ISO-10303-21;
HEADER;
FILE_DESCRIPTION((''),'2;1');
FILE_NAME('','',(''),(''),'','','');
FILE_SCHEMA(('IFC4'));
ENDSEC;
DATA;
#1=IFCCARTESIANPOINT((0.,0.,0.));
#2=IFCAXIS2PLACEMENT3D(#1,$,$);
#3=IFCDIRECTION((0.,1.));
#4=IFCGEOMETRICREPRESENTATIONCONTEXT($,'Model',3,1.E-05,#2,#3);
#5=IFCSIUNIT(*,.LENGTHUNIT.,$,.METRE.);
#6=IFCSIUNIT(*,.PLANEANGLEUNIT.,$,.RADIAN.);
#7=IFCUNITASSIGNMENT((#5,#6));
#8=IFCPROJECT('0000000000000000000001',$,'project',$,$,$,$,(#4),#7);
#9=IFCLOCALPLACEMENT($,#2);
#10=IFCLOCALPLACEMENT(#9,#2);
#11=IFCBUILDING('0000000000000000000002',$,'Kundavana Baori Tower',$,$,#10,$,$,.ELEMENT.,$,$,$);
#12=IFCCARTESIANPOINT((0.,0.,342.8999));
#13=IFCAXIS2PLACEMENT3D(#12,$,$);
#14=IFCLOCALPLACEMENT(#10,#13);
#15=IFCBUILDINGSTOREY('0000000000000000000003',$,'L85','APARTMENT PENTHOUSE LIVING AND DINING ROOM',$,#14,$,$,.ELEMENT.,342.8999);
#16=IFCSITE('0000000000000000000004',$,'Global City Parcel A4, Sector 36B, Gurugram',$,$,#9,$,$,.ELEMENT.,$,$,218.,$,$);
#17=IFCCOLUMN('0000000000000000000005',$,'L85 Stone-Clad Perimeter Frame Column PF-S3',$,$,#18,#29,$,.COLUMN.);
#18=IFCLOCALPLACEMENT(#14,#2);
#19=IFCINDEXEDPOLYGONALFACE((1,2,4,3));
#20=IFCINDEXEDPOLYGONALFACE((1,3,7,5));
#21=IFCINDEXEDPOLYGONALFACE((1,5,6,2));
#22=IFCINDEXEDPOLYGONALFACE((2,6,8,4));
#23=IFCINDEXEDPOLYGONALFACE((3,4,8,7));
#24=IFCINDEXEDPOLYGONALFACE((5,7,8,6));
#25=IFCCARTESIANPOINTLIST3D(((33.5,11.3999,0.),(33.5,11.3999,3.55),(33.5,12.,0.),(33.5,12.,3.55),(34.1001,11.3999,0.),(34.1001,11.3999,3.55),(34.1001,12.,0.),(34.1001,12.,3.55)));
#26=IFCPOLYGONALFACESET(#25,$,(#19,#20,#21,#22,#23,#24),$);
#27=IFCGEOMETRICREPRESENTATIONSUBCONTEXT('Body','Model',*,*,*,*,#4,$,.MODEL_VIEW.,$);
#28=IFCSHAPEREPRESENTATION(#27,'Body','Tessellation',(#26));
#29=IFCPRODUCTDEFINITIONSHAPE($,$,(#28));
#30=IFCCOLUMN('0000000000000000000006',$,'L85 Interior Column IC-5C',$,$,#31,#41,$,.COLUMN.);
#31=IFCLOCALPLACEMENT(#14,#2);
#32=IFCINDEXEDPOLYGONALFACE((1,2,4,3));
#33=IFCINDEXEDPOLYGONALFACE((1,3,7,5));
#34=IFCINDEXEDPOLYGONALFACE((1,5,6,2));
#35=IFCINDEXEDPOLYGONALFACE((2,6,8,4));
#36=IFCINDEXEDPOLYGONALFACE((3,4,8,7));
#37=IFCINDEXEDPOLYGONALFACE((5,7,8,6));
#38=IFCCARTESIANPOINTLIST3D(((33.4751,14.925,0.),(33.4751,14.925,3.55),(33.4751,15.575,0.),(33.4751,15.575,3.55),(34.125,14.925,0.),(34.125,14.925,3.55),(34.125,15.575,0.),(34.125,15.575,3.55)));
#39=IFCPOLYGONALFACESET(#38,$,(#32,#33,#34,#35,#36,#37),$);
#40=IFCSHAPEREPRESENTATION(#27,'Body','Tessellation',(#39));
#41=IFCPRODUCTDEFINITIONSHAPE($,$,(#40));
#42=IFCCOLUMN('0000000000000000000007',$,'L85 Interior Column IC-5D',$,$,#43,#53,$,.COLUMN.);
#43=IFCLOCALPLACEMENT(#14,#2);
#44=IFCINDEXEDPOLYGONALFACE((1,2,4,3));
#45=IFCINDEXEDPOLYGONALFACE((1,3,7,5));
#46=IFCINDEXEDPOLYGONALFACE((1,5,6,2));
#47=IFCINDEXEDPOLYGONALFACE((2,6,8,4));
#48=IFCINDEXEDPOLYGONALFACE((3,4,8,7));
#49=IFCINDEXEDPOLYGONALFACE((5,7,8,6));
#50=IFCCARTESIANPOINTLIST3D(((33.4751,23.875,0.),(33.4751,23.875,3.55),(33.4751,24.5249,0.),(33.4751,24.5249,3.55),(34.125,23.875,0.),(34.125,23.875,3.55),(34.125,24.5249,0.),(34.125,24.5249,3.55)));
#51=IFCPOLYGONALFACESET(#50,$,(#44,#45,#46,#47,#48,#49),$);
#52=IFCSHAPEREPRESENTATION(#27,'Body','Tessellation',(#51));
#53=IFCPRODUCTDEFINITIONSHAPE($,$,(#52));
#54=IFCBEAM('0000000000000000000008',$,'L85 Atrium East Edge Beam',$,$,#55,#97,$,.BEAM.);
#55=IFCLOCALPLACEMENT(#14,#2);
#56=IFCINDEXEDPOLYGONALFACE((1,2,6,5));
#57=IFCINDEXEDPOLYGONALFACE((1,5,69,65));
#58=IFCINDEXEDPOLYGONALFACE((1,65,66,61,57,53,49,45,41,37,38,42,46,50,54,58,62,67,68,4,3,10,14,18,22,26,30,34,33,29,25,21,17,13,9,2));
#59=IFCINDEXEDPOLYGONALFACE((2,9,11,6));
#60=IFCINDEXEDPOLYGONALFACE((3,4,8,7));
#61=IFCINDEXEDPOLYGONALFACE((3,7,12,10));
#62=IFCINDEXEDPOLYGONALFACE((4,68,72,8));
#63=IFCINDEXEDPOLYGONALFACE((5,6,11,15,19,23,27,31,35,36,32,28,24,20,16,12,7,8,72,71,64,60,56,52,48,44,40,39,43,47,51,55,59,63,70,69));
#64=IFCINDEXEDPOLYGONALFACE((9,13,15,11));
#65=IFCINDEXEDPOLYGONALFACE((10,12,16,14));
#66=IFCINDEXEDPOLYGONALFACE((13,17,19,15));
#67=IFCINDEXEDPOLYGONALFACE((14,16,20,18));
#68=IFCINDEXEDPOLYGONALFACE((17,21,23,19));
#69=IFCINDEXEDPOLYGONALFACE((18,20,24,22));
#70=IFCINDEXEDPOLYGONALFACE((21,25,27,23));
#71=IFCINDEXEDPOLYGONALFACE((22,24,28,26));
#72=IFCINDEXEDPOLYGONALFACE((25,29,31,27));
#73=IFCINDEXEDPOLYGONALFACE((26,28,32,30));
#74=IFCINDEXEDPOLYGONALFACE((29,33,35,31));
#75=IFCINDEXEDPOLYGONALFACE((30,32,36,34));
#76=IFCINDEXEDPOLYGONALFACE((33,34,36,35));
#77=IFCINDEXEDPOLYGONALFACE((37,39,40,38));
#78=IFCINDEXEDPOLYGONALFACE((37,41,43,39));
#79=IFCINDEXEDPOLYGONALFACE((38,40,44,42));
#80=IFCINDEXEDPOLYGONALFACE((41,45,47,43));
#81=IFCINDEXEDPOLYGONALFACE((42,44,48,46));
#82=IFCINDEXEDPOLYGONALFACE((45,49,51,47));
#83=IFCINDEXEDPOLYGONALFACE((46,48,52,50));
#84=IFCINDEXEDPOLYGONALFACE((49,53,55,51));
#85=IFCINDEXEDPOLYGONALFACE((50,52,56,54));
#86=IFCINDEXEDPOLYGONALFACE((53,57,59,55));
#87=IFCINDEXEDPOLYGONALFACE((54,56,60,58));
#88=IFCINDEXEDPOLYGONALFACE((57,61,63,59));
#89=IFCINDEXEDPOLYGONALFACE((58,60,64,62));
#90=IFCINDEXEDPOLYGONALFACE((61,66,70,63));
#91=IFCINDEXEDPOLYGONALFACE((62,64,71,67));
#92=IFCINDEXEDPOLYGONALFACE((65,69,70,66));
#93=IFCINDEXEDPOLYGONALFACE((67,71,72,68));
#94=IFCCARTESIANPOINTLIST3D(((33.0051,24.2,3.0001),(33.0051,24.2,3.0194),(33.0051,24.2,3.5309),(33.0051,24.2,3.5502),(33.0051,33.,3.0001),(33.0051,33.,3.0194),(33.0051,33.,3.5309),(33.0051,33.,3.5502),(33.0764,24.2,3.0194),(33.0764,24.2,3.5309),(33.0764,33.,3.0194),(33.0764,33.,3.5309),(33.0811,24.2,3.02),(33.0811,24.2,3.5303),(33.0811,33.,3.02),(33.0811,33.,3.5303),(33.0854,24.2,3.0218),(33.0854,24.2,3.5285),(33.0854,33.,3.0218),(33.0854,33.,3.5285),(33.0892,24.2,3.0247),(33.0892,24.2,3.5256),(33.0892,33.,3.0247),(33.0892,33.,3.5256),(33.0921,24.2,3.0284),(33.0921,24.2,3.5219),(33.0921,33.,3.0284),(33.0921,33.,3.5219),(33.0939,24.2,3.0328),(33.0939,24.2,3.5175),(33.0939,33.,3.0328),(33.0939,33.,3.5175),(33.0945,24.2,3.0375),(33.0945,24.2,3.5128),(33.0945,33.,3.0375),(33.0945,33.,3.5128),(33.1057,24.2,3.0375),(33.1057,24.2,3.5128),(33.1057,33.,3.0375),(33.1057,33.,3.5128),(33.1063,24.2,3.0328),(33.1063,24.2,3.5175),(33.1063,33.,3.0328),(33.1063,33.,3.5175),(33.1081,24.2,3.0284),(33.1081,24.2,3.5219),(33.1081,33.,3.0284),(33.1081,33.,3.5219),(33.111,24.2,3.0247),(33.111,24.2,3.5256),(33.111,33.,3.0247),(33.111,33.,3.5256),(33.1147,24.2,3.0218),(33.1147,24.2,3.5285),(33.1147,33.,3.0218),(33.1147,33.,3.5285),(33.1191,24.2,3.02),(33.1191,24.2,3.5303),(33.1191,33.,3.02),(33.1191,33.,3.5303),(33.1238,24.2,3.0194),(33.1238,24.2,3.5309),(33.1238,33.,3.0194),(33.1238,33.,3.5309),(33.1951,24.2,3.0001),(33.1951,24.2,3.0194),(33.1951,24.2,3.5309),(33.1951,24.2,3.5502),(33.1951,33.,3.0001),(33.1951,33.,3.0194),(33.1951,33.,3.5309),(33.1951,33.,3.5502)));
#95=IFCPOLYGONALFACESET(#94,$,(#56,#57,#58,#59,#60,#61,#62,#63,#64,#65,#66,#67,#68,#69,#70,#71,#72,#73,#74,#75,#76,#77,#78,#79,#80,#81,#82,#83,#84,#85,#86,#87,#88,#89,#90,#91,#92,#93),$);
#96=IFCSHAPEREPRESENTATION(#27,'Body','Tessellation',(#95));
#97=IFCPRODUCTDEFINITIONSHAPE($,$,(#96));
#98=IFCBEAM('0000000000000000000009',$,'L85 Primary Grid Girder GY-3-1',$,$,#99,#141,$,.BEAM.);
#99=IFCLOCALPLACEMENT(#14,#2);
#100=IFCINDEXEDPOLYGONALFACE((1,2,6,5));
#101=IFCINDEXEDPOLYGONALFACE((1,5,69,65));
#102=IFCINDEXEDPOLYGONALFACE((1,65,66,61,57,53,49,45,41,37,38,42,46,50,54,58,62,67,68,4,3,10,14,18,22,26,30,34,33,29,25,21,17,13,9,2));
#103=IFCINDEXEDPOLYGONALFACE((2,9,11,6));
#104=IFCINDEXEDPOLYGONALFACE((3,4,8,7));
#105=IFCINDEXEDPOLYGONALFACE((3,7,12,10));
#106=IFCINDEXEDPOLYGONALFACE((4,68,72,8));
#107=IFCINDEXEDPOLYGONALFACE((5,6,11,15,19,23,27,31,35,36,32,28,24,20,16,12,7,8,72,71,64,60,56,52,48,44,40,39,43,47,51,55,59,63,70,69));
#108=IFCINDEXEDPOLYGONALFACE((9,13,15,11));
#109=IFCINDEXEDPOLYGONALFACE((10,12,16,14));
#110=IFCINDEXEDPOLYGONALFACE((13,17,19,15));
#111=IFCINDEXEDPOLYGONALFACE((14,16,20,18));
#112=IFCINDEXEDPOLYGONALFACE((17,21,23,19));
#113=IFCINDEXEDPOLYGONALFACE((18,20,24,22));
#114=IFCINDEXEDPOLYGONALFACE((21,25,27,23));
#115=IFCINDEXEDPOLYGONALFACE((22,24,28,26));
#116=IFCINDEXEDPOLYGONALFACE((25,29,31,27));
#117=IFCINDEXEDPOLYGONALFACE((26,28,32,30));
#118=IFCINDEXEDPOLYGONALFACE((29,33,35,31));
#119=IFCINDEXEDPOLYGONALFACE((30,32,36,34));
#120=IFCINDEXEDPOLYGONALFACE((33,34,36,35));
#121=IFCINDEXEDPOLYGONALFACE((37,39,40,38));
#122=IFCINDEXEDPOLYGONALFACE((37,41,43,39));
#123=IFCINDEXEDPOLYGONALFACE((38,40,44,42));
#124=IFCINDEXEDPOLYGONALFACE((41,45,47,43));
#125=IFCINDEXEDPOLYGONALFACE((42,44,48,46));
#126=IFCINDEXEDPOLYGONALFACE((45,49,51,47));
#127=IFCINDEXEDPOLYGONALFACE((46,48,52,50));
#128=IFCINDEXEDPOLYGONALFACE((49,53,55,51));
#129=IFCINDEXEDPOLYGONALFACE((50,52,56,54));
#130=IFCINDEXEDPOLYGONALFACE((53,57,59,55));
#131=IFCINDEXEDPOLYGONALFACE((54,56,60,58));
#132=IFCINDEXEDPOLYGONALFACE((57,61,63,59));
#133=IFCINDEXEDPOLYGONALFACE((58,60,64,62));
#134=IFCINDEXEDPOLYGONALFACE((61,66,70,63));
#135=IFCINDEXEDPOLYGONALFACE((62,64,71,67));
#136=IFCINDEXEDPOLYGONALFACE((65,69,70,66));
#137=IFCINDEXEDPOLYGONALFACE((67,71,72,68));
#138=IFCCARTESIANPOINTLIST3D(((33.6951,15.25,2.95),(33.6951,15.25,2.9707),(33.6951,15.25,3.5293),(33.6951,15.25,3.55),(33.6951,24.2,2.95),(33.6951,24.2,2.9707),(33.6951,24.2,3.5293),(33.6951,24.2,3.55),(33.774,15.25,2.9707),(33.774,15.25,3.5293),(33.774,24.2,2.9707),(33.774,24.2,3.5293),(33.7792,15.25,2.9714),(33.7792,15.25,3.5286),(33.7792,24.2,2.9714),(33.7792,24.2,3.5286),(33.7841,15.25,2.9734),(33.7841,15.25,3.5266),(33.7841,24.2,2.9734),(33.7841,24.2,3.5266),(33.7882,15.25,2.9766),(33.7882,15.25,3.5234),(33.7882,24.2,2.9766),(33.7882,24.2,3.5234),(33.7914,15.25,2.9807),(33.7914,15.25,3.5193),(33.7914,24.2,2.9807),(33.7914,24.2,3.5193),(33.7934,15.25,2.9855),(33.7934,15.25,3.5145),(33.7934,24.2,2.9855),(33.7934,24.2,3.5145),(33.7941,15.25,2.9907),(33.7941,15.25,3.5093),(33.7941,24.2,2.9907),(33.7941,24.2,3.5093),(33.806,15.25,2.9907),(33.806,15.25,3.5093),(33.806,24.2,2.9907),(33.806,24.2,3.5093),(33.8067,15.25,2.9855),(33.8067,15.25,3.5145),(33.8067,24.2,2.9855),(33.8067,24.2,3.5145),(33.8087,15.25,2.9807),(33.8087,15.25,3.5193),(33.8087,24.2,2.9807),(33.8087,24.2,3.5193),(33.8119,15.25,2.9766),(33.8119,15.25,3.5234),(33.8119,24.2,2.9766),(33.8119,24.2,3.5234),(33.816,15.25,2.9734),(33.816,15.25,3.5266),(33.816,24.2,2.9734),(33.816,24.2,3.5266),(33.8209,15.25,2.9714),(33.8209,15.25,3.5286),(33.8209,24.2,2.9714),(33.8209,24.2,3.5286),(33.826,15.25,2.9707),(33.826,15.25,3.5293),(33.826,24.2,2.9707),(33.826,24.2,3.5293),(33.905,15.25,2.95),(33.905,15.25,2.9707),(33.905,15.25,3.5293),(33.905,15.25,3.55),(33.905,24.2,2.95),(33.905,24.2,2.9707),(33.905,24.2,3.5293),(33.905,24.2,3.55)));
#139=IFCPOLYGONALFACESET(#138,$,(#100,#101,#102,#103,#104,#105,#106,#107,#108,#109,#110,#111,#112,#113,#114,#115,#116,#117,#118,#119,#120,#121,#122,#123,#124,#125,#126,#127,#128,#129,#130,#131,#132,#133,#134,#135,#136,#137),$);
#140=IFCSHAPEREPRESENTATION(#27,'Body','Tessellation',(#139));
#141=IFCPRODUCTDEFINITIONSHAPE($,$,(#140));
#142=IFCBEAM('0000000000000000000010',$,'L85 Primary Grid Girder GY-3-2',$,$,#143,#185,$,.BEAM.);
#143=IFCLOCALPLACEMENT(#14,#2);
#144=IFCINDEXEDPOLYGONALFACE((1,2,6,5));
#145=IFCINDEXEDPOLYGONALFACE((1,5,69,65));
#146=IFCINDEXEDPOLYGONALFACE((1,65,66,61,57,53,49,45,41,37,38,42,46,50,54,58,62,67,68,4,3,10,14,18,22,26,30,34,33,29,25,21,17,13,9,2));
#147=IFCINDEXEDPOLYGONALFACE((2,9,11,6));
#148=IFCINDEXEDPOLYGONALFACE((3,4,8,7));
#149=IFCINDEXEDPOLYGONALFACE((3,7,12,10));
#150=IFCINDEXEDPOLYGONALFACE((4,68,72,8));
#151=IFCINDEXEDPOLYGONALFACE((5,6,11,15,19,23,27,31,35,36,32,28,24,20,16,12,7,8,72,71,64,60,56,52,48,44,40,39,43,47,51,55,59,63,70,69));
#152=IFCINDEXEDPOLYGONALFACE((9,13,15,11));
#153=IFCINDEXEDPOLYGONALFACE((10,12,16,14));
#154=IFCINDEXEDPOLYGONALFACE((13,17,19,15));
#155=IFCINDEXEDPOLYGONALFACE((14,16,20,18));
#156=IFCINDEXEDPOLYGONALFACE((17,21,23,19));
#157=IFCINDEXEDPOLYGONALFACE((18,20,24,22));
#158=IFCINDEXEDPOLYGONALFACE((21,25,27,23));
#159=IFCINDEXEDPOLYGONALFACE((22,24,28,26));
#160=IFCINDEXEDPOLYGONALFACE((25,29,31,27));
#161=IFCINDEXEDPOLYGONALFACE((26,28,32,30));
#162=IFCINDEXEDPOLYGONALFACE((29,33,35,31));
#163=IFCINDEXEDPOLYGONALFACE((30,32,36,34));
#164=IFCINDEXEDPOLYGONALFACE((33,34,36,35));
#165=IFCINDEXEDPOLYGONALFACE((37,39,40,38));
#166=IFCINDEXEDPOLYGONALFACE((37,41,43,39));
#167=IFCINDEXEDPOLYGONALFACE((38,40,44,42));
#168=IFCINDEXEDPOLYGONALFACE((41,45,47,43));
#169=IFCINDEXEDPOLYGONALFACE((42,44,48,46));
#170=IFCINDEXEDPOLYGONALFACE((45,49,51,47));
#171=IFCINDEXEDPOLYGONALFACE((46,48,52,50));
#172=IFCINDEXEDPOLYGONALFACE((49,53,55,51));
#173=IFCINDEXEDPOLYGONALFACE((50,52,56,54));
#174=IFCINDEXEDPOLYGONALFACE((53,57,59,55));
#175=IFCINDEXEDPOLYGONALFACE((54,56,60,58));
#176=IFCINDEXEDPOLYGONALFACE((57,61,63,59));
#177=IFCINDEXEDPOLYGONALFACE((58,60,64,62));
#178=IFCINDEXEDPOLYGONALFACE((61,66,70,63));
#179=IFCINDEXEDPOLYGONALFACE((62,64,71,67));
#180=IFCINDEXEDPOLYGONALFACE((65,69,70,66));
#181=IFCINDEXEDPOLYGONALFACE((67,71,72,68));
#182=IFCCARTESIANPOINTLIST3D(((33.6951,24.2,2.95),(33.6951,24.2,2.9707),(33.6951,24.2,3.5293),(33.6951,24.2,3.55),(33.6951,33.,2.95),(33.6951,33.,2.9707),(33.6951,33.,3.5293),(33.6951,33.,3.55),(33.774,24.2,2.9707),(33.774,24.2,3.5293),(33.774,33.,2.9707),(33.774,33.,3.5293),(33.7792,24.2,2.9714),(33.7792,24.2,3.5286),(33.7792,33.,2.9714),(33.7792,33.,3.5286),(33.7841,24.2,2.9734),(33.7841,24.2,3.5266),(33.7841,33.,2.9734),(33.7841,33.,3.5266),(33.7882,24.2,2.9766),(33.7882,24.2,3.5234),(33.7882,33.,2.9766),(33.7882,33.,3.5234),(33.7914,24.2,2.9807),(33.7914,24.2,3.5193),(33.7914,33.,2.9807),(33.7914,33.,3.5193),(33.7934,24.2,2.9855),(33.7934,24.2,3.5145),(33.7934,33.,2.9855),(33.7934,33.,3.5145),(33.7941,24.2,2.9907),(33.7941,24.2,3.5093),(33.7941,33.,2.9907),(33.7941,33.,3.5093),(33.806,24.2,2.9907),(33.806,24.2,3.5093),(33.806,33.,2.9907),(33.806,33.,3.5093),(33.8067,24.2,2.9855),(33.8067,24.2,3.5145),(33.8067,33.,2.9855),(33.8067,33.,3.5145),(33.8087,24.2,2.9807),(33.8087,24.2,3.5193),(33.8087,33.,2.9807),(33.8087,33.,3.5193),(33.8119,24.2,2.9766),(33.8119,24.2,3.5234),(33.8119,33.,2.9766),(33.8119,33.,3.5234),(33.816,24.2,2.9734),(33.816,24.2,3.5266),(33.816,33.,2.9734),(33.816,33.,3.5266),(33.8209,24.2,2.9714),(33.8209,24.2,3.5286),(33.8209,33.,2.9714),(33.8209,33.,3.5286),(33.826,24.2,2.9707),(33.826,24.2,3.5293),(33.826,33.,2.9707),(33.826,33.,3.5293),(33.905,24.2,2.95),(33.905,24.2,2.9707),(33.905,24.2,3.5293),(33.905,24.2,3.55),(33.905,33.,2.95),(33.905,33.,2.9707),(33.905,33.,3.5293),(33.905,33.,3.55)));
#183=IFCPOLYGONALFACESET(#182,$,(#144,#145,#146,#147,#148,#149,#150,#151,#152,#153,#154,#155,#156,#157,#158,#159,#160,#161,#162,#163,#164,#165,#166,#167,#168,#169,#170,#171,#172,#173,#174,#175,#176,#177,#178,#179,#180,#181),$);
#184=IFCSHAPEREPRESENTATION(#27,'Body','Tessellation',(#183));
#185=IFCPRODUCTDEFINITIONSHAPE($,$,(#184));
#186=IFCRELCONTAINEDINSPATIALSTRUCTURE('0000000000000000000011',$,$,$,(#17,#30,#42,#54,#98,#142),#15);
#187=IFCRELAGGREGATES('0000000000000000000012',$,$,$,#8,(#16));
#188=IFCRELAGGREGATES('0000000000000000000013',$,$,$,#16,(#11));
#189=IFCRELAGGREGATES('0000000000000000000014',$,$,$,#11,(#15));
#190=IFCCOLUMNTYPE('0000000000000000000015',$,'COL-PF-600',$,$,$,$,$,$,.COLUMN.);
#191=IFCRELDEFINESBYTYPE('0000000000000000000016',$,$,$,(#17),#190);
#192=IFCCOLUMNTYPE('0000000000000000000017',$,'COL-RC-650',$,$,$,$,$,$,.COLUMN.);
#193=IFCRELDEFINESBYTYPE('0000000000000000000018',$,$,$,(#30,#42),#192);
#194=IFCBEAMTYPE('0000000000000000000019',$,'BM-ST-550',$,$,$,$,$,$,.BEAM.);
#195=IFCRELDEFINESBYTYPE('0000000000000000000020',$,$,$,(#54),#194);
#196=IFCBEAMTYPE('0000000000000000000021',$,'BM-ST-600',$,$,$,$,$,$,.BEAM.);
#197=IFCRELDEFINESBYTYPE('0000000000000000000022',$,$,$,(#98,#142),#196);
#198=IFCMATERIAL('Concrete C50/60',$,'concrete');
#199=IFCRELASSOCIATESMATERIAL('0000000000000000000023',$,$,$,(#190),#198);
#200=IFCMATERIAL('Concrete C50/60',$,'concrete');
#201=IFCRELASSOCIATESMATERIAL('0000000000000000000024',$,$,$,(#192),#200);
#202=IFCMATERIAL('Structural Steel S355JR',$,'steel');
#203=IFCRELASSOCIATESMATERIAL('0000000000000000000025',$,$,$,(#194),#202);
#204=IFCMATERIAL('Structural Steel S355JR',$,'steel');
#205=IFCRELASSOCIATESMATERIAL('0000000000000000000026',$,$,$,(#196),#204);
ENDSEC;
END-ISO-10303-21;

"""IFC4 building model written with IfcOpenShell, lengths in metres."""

from ifc_helpers import new_model, si_unit, direction, frame, origin, origin_2d, place, context, subcontext, project, spatial, rectangle, i_section, extrude, material, material_profile, profile_set, type_object, element, save


model = new_model("IFC4")

# Units and contexts
model_context = context("Model", 3, precision=1e-05, world=origin(), true_north=direction((0.0, 1.0)))
body_context = subcontext(model_context, "Body", "Model", "MODEL_VIEW")
ifc_project = project(units=[si_unit("LENGTHUNIT", "METRE"), si_unit("PLANEANGLEUNIT", "RADIAN")], contexts=[model_context])

# Site, building, storey
site_placement = place(None, origin())
site = spatial("IfcSite", under=ifc_project, at=site_placement, Name="Global City Parcel A4, Sector 36B, Gurugram", CompositionType="ELEMENT", RefElevation=218.0)
building_placement = place(site_placement, origin())
building = spatial("IfcBuilding", under=site, at=building_placement, Name="Kundavana Baori Tower", CompositionType="ELEMENT")
storey_placement = place(building_placement, frame((0.0, 0.0, 342.8999)))
storey = spatial("IfcBuildingStorey", under=building, at=storey_placement, Name="L85", Description="APARTMENT PENTHOUSE LIVING AND DINING ROOM", CompositionType="ELEMENT", Elevation=342.8999)

# Columns
ifc_material_1 = material(Name="Concrete C50/60", Category="concrete")
ifc_material_profile_1 = material_profile(ifc_material_1, rectangle(XDim=0.6001, YDim=0.6001, at=origin_2d()), Name="RC PF 600x600")
ifc_profile_set_1 = profile_set([ifc_material_profile_1], Name="Concrete C50/60")
column_type_1 = type_object("IfcColumnType", Name="COL-PF-600", PredefinedType="COLUMN", material=ifc_profile_set_1)
column_placement = place(storey_placement, frame((33.8, 11.7, 0.0), z_axis=(0.0, 0.0, 1.0), x_axis=(1.0, 0.0, 0.0)))
element("IfcColumn", 1, at=column_placement, inside=storey, type_object=column_type_1, Name="L85 Stone-Clad Perimeter Frame Column PF-S3", PredefinedType="COLUMN", context=body_context, shape_type="SweptSolid", body=[
    extrude(rectangle(XDim=0.6001, YDim=0.6001, at=origin_2d()), origin(), (0.0, 0.0, 1.0), 3.55),
])
ifc_material_2 = material(Name="Concrete C50/60", Category="concrete")
ifc_material_profile_2 = material_profile(ifc_material_2, rectangle(XDim=0.6499, YDim=0.6499, at=origin_2d()), Name="RC 650x650")
ifc_profile_set_2 = profile_set([ifc_material_profile_2], Name="Concrete C50/60")
column_type_2 = type_object("IfcColumnType", Name="COL-RC-650", PredefinedType="COLUMN", material=ifc_profile_set_2)
for number, where, z_axis, x_axis, name in (
    (2, (33.8, 15.25, 0.0), (0.0, 0.0, 1.0), (1.0, 0.0, 0.0), "L85 Interior Column IC-5C"),
    (3, (33.8, 24.2, 0.0), (0.0, 0.0, 1.0), (1.0, 0.0, 0.0), "L85 Interior Column IC-5D"),
):
    element("IfcColumn", number, at=place(storey_placement, frame(where, z_axis=z_axis, x_axis=x_axis)), inside=storey, type_object=column_type_2, Name=name, PredefinedType="COLUMN", context=body_context, shape_type="SweptSolid", body=[
        extrude(rectangle(XDim=0.6499, YDim=0.6499, at=origin_2d()), origin(), (0.0, 0.0, 1.0), 3.55),
    ])

# Beams
ifc_material_3 = material(Name="Structural Steel S355JR", Category="steel")
ifc_material_profile_3 = material_profile(ifc_material_3, i_section(OverallWidth=0.1899, OverallDepth=0.55, WebThickness=0.0112, FlangeThickness=0.0193, FilletRadius=0.0181, at=origin_2d()), Name="ISMB 550")
ifc_profile_set_3 = profile_set([ifc_material_profile_3], Name="Structural Steel S355JR")
beam_type_1 = type_object("IfcBeamType", Name="BM-ST-550", PredefinedType="BEAM", material=ifc_profile_set_3)
beam_1_placement = place(storey_placement, frame((33.1001, 24.2, 3.2751), z_axis=(0.0, 1.0, 0.0), x_axis=(-1.0, 0.0, 0.0)))
element("IfcBeam", 4, at=beam_1_placement, inside=storey, type_object=beam_type_1, Name="L85 Atrium East Edge Beam", PredefinedType="BEAM", context=body_context, shape_type="SweptSolid", body=[
    extrude(i_section(OverallWidth=0.1899, OverallDepth=0.55, WebThickness=0.0112, FlangeThickness=0.0193, FilletRadius=0.0181, at=origin_2d()), origin(), (0.0, 0.0, 1.0), 8.8),
])
ifc_material_4 = material(Name="Structural Steel S355JR", Category="steel")
ifc_material_profile_4 = material_profile(ifc_material_4, i_section(OverallWidth=0.21, OverallDepth=0.6001, WebThickness=0.012, FlangeThickness=0.0208, FilletRadius=0.02, at=origin_2d()), Name="ISMB 600")
ifc_profile_set_4 = profile_set([ifc_material_profile_4], Name="Structural Steel S355JR")
beam_type_2 = type_object("IfcBeamType", Name="BM-ST-600", PredefinedType="BEAM", material=ifc_profile_set_4)
beam_2_placement = place(storey_placement, frame((33.8, 15.25, 3.25), z_axis=(0.0, 1.0, 0.0), x_axis=(-1.0, 0.0, 0.0)))
element("IfcBeam", 5, at=beam_2_placement, inside=storey, type_object=beam_type_2, Name="L85 Primary Grid Girder GY-3-1", PredefinedType="BEAM", context=body_context, shape_type="SweptSolid", body=[
    extrude(i_section(OverallWidth=0.21, OverallDepth=0.6001, WebThickness=0.012, FlangeThickness=0.0208, FilletRadius=0.02, at=origin_2d()), origin(), (0.0, 0.0, 1.0), 8.95),
])
beam_3_placement = place(storey_placement, frame((33.8, 24.2, 3.25), z_axis=(0.0, 1.0, 0.0), x_axis=(-1.0, 0.0, 0.0)))
element("IfcBeam", 6, at=beam_3_placement, inside=storey, type_object=beam_type_2, Name="L85 Primary Grid Girder GY-3-2", PredefinedType="BEAM", context=body_context, shape_type="SweptSolid", body=[
    extrude(i_section(OverallWidth=0.21, OverallDepth=0.6001, WebThickness=0.012, FlangeThickness=0.0208, FilletRadius=0.02, at=origin_2d()), origin(), (0.0, 0.0, 1.0), 8.8),
])

save(model, "model.ifc")
